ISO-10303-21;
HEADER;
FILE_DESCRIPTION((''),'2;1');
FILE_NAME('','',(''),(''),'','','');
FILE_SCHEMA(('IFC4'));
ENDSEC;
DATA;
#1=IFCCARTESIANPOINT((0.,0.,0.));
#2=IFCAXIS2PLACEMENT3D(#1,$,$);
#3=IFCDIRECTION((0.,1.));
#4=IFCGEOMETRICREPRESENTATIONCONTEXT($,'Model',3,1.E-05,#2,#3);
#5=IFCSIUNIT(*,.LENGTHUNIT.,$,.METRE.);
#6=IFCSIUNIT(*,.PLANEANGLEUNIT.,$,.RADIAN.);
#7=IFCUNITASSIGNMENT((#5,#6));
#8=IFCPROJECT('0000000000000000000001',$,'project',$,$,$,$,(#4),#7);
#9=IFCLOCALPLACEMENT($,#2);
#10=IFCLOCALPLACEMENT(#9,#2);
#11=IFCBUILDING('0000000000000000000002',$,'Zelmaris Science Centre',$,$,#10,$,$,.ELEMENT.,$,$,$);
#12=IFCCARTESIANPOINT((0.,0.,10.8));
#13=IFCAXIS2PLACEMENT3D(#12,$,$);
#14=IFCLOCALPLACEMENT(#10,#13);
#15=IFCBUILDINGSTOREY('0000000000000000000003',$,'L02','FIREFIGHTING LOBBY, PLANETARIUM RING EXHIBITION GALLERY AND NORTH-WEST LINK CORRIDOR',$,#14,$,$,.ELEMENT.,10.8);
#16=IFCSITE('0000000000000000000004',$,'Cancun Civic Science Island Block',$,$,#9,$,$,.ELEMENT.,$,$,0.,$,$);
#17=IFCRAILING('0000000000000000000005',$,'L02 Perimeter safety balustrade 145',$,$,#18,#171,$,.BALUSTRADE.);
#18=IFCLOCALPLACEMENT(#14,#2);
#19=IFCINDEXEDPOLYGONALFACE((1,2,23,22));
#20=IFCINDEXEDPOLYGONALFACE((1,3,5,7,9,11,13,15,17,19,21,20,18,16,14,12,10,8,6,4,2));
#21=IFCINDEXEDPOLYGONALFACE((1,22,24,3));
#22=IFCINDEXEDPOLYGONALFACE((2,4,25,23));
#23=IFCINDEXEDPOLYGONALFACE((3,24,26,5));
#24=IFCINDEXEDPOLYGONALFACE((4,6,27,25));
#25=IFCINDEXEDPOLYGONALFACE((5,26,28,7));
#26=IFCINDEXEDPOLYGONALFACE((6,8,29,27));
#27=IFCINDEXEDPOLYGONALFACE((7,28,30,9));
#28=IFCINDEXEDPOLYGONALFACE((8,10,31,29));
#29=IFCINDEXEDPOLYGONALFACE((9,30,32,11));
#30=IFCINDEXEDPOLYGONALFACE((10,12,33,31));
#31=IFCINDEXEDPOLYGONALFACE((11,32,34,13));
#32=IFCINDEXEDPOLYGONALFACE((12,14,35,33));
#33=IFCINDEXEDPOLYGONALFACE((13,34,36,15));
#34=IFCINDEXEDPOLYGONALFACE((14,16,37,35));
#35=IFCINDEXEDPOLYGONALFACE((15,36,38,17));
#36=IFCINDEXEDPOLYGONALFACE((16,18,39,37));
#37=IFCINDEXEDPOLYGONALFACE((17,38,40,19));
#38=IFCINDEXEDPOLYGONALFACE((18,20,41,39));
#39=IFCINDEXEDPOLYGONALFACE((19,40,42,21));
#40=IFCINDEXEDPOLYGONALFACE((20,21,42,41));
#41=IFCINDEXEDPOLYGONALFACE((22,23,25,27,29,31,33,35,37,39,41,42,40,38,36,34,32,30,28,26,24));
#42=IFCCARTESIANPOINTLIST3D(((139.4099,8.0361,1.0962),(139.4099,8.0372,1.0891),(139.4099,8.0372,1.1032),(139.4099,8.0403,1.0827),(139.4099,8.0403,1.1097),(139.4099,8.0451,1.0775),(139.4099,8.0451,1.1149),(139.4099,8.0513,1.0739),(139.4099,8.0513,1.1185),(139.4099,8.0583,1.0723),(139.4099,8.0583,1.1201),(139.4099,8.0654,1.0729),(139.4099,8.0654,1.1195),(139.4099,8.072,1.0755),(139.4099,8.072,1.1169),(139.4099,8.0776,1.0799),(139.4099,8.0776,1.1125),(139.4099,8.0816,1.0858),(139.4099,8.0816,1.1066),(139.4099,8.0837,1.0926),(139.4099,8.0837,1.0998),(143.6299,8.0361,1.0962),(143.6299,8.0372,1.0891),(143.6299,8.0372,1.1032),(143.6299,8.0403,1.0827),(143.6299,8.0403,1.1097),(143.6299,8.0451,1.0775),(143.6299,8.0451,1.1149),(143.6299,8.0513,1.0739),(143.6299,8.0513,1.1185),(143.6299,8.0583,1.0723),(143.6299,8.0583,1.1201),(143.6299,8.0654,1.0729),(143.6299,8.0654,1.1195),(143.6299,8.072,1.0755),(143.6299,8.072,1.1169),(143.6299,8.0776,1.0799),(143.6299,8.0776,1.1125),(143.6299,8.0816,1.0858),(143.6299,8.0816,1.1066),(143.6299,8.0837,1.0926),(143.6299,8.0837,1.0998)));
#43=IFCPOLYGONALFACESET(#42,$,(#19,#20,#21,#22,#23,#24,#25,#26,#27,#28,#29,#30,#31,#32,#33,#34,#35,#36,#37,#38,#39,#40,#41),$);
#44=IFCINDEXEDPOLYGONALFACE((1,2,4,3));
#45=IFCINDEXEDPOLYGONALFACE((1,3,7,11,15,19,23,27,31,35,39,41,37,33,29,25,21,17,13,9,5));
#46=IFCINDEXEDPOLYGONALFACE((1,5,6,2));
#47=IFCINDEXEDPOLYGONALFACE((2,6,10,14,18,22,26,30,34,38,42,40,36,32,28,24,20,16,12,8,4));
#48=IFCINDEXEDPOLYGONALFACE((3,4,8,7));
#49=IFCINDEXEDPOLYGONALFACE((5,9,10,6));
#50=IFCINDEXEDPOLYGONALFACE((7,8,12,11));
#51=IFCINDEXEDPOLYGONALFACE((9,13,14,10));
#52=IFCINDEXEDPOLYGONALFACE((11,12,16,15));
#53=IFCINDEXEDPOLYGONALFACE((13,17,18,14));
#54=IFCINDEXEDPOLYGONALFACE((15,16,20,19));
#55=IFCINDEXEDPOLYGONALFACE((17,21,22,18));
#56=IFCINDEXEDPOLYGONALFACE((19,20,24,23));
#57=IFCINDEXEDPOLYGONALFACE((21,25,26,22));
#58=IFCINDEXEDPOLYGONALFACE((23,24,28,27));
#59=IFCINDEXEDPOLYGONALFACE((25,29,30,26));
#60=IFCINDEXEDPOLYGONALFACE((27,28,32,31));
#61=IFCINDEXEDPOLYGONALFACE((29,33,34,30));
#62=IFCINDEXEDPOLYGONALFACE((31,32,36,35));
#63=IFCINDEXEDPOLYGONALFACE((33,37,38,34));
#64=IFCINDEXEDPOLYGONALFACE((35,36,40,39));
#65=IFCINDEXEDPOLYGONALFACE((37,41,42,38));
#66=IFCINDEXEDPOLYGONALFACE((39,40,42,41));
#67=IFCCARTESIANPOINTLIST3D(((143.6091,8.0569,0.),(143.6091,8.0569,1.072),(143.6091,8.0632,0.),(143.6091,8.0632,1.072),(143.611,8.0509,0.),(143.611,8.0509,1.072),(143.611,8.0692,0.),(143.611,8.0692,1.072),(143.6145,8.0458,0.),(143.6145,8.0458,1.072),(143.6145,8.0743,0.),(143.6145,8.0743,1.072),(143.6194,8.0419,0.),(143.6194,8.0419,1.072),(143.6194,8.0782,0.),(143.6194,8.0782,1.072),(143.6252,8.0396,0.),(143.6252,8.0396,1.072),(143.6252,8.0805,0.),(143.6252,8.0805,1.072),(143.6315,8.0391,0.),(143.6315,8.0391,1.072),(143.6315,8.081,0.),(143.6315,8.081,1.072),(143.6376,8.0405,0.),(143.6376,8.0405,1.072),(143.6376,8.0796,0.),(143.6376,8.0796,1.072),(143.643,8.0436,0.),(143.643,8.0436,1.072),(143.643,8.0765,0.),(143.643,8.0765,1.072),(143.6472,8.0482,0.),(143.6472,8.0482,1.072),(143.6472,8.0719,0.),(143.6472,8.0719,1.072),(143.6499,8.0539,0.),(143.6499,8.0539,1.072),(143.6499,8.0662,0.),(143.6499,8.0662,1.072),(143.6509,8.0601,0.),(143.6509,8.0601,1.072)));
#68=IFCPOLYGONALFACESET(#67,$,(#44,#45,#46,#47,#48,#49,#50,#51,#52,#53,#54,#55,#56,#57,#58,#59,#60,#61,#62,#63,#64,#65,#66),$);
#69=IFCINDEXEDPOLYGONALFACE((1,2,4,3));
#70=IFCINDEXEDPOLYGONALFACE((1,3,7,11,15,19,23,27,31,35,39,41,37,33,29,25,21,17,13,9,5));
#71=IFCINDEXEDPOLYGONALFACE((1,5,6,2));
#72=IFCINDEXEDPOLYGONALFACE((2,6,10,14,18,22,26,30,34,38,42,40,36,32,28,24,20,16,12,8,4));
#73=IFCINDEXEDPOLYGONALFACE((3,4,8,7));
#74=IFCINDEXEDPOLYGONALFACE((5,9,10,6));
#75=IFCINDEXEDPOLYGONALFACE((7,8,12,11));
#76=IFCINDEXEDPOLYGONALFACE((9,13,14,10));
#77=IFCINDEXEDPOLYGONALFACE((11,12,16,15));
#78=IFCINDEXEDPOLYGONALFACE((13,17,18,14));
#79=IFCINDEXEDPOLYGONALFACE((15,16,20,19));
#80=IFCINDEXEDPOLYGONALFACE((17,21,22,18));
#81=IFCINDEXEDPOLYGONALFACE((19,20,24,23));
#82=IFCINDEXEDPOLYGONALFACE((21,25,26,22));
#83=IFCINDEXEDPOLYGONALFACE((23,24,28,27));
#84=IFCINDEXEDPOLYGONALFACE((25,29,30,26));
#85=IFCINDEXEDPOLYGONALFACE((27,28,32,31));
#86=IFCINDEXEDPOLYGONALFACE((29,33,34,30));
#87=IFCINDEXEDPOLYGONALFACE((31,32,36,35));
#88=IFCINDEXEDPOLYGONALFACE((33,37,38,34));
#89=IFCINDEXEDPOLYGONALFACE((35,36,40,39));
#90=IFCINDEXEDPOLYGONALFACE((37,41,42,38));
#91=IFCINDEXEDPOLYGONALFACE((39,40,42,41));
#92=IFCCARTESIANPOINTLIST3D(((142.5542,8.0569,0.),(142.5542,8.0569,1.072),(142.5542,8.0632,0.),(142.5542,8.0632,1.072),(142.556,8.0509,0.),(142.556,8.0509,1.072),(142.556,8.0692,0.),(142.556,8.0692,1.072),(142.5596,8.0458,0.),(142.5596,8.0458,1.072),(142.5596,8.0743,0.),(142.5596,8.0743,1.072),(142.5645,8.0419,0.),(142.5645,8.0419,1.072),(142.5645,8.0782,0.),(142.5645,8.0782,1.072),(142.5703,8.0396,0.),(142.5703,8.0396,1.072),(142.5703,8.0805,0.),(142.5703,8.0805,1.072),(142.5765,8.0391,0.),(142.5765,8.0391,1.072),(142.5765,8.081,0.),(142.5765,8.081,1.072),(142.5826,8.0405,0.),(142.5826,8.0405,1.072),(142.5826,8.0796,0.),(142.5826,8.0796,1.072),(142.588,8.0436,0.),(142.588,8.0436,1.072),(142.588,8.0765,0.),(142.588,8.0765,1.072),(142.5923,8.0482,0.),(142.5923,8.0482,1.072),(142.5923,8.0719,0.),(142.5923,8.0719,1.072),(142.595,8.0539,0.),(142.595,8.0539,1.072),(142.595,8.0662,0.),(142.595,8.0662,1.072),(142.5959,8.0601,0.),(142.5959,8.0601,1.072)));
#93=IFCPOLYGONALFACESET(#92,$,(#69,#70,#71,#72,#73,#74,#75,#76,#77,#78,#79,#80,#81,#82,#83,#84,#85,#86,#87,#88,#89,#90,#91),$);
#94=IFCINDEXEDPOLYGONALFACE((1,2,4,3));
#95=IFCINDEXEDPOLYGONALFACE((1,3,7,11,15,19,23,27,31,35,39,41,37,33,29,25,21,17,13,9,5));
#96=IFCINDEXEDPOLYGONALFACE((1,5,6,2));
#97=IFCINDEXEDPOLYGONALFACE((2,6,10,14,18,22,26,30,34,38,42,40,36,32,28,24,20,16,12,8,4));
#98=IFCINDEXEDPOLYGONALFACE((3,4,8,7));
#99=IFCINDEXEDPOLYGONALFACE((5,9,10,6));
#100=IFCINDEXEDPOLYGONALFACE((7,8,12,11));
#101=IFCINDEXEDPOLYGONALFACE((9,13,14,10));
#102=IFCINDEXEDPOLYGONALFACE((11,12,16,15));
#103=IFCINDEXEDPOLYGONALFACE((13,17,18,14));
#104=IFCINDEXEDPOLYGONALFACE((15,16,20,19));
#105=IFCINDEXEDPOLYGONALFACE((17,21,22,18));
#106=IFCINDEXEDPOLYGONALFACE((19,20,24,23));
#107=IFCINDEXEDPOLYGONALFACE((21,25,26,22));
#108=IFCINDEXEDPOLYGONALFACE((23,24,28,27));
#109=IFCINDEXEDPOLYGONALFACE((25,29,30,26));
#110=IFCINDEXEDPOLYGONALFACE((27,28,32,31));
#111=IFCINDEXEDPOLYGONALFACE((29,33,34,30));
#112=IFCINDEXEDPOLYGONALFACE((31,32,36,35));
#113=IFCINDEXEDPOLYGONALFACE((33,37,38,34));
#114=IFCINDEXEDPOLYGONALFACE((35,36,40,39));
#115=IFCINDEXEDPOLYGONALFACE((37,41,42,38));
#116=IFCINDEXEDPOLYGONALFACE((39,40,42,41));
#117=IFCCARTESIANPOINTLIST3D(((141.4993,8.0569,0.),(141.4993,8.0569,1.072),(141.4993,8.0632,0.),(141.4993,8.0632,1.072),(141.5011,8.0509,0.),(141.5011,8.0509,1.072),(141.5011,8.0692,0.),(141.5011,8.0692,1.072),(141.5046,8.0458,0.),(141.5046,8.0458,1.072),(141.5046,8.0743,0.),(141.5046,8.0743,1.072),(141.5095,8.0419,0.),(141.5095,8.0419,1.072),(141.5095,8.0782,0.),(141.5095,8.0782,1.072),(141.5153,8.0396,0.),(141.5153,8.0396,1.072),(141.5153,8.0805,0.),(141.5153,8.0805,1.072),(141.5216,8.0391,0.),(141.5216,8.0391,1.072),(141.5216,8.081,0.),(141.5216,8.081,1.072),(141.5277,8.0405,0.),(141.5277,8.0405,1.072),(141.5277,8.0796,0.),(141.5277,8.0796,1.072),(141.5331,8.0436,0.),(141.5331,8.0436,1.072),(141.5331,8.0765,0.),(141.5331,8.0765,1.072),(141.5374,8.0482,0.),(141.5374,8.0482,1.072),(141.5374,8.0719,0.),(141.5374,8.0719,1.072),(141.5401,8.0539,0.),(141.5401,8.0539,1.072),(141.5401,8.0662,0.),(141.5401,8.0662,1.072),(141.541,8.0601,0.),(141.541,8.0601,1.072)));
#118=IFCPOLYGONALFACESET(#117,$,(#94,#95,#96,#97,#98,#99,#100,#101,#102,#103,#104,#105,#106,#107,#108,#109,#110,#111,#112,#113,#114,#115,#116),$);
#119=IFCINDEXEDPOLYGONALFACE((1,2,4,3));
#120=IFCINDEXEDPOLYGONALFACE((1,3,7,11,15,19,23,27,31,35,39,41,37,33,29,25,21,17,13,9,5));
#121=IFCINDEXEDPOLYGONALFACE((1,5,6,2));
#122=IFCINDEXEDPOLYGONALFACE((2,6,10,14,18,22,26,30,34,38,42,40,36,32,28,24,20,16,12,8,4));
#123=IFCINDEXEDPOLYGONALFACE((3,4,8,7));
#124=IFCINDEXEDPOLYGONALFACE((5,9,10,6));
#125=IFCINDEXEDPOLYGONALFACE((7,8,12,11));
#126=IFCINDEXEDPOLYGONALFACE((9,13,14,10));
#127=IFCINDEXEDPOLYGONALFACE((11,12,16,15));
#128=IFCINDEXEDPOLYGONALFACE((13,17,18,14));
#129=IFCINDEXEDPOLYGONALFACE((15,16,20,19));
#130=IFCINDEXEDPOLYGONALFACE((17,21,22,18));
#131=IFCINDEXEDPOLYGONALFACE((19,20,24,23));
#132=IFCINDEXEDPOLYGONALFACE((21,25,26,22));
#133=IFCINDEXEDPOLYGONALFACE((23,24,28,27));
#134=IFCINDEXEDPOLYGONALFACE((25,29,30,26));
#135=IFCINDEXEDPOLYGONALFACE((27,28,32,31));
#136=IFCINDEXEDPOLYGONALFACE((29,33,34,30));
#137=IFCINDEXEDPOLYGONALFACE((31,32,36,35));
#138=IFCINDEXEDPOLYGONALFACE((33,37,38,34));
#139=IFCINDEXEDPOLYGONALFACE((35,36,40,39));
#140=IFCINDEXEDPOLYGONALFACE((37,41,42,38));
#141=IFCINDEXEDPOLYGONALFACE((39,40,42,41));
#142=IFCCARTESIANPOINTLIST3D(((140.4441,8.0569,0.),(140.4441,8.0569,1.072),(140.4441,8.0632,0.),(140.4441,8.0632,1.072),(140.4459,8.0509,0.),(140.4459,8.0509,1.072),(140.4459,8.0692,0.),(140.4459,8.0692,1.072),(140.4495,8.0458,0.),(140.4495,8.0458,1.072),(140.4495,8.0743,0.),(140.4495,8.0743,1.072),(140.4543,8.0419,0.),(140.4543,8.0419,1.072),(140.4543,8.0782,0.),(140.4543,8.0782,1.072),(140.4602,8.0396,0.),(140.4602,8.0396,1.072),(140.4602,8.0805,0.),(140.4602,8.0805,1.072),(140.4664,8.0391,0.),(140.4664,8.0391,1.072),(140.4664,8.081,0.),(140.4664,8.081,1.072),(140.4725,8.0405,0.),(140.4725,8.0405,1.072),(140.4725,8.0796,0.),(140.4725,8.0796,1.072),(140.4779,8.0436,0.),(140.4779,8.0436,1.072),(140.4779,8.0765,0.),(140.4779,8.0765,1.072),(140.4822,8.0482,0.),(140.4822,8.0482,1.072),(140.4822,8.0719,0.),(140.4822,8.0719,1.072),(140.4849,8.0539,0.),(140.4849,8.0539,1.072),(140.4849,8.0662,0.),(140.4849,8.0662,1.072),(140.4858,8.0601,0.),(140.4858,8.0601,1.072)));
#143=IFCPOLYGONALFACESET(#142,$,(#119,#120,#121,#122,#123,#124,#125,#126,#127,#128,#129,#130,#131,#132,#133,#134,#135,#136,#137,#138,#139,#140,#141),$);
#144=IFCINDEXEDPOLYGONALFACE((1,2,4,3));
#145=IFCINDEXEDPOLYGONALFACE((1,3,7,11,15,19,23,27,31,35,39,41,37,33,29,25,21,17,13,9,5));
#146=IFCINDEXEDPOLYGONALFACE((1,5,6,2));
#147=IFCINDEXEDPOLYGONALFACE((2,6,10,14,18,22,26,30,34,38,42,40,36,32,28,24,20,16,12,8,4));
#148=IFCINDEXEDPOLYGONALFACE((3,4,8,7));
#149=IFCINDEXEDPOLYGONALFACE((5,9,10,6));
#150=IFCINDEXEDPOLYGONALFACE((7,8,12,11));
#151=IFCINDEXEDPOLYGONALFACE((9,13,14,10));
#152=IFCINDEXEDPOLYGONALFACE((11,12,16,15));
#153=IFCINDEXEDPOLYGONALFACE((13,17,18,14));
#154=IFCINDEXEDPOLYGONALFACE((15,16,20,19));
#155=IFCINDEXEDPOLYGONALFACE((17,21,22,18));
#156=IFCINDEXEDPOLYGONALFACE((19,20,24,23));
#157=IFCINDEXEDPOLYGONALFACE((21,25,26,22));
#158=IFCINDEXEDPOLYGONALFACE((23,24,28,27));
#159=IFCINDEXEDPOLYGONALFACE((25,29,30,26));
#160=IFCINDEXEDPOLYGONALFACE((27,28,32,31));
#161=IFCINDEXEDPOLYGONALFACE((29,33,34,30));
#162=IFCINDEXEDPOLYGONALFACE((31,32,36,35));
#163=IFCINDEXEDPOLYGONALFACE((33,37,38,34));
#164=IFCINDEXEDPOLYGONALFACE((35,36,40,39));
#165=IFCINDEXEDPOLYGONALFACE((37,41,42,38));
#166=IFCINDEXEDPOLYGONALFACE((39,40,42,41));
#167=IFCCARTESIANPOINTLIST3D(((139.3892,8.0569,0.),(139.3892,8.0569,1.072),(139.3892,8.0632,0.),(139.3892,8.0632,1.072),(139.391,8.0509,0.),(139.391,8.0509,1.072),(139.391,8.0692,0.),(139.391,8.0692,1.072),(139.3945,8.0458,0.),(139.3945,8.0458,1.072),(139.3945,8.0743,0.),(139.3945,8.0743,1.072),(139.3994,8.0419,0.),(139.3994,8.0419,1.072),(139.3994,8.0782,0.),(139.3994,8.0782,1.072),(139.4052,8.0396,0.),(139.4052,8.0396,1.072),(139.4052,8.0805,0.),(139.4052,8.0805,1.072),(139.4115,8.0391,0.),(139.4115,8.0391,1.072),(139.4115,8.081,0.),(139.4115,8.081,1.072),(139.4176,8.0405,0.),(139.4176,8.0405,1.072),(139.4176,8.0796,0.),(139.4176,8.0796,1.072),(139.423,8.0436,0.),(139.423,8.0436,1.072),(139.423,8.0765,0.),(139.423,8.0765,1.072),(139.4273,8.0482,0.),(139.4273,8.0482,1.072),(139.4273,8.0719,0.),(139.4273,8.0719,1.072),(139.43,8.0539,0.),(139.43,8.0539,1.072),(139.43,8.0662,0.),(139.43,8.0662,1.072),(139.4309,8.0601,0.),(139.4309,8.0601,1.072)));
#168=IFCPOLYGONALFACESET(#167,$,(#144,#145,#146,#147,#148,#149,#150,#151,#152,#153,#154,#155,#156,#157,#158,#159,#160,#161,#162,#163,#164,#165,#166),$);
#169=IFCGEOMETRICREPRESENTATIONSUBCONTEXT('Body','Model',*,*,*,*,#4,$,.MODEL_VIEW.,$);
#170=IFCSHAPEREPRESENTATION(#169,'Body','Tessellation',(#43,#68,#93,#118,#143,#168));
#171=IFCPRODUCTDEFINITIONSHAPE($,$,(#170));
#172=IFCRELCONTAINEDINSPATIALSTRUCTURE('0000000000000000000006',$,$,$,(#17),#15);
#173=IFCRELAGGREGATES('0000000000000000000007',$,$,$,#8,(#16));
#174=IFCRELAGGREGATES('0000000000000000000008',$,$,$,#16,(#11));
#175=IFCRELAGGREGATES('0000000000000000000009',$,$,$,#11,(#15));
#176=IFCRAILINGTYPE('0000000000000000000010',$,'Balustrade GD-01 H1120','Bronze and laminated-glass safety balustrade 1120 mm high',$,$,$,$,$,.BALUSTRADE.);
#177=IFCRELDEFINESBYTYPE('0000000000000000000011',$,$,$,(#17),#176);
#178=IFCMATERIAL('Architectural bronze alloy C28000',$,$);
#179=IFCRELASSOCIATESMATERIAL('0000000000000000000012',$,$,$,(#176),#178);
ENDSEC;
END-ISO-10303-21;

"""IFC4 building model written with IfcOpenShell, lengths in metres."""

from ifc_helpers import new_model, si_unit, direction, frame, origin, origin_2d, place, context, subcontext, project, spatial, circle, extrude, material, type_object, element, save


model = new_model("IFC4")

# Units and contexts
model_context = context("Model", 3, precision=1e-05, world=origin(), true_north=direction((0.0, 1.0)))
body_context = subcontext(model_context, "Body", "Model", "MODEL_VIEW")
ifc_project = project(units=[si_unit("LENGTHUNIT", "METRE"), si_unit("PLANEANGLEUNIT", "RADIAN")], contexts=[model_context])

# Site, building, storey
site_placement = place(None, origin())
site = spatial("IfcSite", under=ifc_project, at=site_placement, Name="Cancun Civic Science Island Block", CompositionType="ELEMENT", RefElevation=0.0)
building_placement = place(site_placement, origin())
building = spatial("IfcBuilding", under=site, at=building_placement, Name="Zelmaris Science Centre", CompositionType="ELEMENT")
storey_placement = place(building_placement, frame((0.0, 0.0, 10.8)))
storey = spatial("IfcBuildingStorey", under=building, at=storey_placement, Name="L02", Description="FIREFIGHTING LOBBY, PLANETARIUM RING EXHIBITION GALLERY AND NORTH-WEST LINK CORRIDOR", CompositionType="ELEMENT", Elevation=10.8)

# Railing
ifc_material_1 = material(Name="Architectural bronze alloy C28000")
railing_type = type_object("IfcRailingType", Name="Balustrade GD-01 H1120", Description="Bronze and laminated-glass safety balustrade 1120 mm high", PredefinedType="BALUSTRADE", material=ifc_material_1)
railing_placement = place(storey_placement, frame((143.6299, 8.0601, 0.0)))
element("IfcRailing", 1, at=railing_placement, inside=storey, type_object=railing_type, Name="L02 Perimeter safety balustrade 145", PredefinedType="BALUSTRADE", context=body_context, shape_type="SweptSolid", body=[
    extrude(circle(Radius=0.0239, at=origin_2d()), frame((0.0, 0.0, 1.0962), z_axis=(-1.0, 0.0, 0.0), x_axis=(0.0, -1.0, 0.0)), (0.0, 0.0, 1.0), 4.22),
    extrude(circle(Radius=0.021, at=origin_2d()), origin(), (0.0, 0.0, 1.0), 1.072),
    extrude(circle(Radius=0.021, at=origin_2d()), frame((-1.0549, 0.0, 0.0)), (0.0, 0.0, 1.0), 1.072),
    extrude(circle(Radius=0.021, at=origin_2d()), frame((-2.1099, 0.0, 0.0)), (0.0, 0.0, 1.0), 1.072),
    extrude(circle(Radius=0.021, at=origin_2d()), frame((-3.165, 0.0, 0.0)), (0.0, 0.0, 1.0), 1.072),
    extrude(circle(Radius=0.021, at=origin_2d()), frame((-4.22, 0.0, 0.0)), (0.0, 0.0, 1.0), 1.072),
])

save(model, "model.ifc")
